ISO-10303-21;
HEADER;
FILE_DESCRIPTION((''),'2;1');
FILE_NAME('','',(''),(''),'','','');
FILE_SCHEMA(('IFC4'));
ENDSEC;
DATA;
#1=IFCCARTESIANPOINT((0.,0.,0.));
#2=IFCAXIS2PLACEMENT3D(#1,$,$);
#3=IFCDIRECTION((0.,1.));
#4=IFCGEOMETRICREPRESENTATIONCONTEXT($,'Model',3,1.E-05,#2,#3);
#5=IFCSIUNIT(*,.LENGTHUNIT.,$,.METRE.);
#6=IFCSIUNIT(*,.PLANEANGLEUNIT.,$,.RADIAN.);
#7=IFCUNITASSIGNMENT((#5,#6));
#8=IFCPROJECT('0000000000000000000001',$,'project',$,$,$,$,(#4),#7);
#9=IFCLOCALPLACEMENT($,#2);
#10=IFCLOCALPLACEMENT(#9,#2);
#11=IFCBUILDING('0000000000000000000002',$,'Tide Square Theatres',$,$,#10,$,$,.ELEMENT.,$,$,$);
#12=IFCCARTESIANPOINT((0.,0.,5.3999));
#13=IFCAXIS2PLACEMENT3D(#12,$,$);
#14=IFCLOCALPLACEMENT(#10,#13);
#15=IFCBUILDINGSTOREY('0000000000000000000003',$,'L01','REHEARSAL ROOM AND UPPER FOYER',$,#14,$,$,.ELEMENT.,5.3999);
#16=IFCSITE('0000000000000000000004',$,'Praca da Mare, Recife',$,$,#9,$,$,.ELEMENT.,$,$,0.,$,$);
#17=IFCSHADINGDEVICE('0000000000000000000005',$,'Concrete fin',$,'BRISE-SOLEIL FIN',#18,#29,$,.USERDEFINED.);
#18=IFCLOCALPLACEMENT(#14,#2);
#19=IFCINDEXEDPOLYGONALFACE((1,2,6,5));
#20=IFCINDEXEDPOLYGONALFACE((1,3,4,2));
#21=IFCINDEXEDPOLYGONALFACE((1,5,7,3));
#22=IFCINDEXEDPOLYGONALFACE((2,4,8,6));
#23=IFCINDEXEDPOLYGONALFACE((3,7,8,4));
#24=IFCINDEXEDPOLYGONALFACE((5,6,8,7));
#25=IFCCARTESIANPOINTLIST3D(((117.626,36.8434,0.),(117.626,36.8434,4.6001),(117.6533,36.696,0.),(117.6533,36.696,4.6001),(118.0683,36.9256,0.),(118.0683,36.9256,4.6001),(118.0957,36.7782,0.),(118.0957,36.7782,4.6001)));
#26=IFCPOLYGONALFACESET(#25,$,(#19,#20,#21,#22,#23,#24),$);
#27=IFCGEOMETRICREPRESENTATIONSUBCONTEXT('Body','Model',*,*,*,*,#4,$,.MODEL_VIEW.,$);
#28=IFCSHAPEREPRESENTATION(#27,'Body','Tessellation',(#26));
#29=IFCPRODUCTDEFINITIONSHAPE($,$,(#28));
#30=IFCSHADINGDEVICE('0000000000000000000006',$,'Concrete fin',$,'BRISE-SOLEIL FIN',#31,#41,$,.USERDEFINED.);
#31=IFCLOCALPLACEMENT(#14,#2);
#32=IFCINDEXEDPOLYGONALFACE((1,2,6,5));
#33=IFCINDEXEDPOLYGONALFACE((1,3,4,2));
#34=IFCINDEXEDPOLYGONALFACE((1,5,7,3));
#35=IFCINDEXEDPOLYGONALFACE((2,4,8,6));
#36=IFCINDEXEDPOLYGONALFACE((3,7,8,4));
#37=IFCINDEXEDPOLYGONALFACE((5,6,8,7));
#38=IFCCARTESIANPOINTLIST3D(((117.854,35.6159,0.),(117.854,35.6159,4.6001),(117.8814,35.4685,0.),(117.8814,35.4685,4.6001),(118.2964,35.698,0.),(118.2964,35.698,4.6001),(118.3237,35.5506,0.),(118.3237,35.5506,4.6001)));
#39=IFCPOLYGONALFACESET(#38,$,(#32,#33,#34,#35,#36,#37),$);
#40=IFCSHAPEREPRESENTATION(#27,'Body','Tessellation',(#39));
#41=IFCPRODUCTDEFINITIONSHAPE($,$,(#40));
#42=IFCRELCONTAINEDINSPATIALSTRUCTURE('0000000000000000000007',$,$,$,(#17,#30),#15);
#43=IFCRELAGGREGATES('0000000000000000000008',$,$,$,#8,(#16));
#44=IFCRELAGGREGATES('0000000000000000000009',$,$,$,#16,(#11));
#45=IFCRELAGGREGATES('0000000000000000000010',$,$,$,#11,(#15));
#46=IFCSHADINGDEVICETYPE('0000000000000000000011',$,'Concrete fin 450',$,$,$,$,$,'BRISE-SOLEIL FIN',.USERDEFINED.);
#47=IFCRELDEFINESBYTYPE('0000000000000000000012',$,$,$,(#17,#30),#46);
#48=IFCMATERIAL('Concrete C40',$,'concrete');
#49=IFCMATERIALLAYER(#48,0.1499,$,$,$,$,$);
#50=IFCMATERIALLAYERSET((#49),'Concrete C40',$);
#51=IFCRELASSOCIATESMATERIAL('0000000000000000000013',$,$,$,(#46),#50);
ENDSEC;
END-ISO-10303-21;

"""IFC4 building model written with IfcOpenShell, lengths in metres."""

from ifc_helpers import new_model, si_unit, direction, frame, origin, origin_2d, place, context, subcontext, project, spatial, rectangle, extrude, material, layer, layer_set, type_object, element, save


model = new_model("IFC4")

# Units and contexts
model_context = context("Model", 3, precision=1e-05, world=origin(), true_north=direction((0.0, 1.0)))
body_context = subcontext(model_context, "Body", "Model", "MODEL_VIEW")
ifc_project = project(units=[si_unit("LENGTHUNIT", "METRE"), si_unit("PLANEANGLEUNIT", "RADIAN")], contexts=[model_context])

# Site, building, storey
site_placement = place(None, origin())
site = spatial("IfcSite", under=ifc_project, at=site_placement, Name="Praca da Mare, Recife", CompositionType="ELEMENT", RefElevation=0.0)
building_placement = place(site_placement, origin())
building = spatial("IfcBuilding", under=site, at=building_placement, Name="Tide Square Theatres", CompositionType="ELEMENT")
storey_placement = place(building_placement, frame((0.0, 0.0, 5.3999)))
storey = spatial("IfcBuildingStorey", under=building, at=storey_placement, Name="L01", Description="REHEARSAL ROOM AND UPPER FOYER", CompositionType="ELEMENT", Elevation=5.3999)

# Shading devices
ifc_material_1 = material(Name="Concrete C40", Category="concrete")
ifc_layer_1 = layer(ifc_material_1, 0.1499)
ifc_layer_set_1 = layer_set([ifc_layer_1], Name="Concrete C40")
shading_device_type = type_object("IfcShadingDeviceType", Name="Concrete fin 450", ElementType="BRISE-SOLEIL FIN", PredefinedType="USERDEFINED", material=ifc_layer_set_1)
for number, where, z_axis, x_axis, name in (
    (1, (117.8608, 36.8108, 0.0), (0.0, 0.0, 1.0), (0.18263, -0.983182, 0.0), "Concrete fin"),
    (2, (118.0889, 35.5833, 0.0), (0.0, 0.0, 1.0), (0.18263, -0.983182, 0.0), "Concrete fin"),
):
    element("IfcShadingDevice", number, at=place(storey_placement, frame(where, z_axis=z_axis, x_axis=x_axis)), inside=storey, type_object=shading_device_type, Name=name, ObjectType="BRISE-SOLEIL FIN", PredefinedType="USERDEFINED", context=body_context, shape_type="SweptSolid", body=[
        extrude(rectangle(XDim=0.1499, YDim=0.45, at=origin_2d()), origin(), (0.0, 0.0, 1.0), 4.6001),
    ])

save(model, "model.ifc")
